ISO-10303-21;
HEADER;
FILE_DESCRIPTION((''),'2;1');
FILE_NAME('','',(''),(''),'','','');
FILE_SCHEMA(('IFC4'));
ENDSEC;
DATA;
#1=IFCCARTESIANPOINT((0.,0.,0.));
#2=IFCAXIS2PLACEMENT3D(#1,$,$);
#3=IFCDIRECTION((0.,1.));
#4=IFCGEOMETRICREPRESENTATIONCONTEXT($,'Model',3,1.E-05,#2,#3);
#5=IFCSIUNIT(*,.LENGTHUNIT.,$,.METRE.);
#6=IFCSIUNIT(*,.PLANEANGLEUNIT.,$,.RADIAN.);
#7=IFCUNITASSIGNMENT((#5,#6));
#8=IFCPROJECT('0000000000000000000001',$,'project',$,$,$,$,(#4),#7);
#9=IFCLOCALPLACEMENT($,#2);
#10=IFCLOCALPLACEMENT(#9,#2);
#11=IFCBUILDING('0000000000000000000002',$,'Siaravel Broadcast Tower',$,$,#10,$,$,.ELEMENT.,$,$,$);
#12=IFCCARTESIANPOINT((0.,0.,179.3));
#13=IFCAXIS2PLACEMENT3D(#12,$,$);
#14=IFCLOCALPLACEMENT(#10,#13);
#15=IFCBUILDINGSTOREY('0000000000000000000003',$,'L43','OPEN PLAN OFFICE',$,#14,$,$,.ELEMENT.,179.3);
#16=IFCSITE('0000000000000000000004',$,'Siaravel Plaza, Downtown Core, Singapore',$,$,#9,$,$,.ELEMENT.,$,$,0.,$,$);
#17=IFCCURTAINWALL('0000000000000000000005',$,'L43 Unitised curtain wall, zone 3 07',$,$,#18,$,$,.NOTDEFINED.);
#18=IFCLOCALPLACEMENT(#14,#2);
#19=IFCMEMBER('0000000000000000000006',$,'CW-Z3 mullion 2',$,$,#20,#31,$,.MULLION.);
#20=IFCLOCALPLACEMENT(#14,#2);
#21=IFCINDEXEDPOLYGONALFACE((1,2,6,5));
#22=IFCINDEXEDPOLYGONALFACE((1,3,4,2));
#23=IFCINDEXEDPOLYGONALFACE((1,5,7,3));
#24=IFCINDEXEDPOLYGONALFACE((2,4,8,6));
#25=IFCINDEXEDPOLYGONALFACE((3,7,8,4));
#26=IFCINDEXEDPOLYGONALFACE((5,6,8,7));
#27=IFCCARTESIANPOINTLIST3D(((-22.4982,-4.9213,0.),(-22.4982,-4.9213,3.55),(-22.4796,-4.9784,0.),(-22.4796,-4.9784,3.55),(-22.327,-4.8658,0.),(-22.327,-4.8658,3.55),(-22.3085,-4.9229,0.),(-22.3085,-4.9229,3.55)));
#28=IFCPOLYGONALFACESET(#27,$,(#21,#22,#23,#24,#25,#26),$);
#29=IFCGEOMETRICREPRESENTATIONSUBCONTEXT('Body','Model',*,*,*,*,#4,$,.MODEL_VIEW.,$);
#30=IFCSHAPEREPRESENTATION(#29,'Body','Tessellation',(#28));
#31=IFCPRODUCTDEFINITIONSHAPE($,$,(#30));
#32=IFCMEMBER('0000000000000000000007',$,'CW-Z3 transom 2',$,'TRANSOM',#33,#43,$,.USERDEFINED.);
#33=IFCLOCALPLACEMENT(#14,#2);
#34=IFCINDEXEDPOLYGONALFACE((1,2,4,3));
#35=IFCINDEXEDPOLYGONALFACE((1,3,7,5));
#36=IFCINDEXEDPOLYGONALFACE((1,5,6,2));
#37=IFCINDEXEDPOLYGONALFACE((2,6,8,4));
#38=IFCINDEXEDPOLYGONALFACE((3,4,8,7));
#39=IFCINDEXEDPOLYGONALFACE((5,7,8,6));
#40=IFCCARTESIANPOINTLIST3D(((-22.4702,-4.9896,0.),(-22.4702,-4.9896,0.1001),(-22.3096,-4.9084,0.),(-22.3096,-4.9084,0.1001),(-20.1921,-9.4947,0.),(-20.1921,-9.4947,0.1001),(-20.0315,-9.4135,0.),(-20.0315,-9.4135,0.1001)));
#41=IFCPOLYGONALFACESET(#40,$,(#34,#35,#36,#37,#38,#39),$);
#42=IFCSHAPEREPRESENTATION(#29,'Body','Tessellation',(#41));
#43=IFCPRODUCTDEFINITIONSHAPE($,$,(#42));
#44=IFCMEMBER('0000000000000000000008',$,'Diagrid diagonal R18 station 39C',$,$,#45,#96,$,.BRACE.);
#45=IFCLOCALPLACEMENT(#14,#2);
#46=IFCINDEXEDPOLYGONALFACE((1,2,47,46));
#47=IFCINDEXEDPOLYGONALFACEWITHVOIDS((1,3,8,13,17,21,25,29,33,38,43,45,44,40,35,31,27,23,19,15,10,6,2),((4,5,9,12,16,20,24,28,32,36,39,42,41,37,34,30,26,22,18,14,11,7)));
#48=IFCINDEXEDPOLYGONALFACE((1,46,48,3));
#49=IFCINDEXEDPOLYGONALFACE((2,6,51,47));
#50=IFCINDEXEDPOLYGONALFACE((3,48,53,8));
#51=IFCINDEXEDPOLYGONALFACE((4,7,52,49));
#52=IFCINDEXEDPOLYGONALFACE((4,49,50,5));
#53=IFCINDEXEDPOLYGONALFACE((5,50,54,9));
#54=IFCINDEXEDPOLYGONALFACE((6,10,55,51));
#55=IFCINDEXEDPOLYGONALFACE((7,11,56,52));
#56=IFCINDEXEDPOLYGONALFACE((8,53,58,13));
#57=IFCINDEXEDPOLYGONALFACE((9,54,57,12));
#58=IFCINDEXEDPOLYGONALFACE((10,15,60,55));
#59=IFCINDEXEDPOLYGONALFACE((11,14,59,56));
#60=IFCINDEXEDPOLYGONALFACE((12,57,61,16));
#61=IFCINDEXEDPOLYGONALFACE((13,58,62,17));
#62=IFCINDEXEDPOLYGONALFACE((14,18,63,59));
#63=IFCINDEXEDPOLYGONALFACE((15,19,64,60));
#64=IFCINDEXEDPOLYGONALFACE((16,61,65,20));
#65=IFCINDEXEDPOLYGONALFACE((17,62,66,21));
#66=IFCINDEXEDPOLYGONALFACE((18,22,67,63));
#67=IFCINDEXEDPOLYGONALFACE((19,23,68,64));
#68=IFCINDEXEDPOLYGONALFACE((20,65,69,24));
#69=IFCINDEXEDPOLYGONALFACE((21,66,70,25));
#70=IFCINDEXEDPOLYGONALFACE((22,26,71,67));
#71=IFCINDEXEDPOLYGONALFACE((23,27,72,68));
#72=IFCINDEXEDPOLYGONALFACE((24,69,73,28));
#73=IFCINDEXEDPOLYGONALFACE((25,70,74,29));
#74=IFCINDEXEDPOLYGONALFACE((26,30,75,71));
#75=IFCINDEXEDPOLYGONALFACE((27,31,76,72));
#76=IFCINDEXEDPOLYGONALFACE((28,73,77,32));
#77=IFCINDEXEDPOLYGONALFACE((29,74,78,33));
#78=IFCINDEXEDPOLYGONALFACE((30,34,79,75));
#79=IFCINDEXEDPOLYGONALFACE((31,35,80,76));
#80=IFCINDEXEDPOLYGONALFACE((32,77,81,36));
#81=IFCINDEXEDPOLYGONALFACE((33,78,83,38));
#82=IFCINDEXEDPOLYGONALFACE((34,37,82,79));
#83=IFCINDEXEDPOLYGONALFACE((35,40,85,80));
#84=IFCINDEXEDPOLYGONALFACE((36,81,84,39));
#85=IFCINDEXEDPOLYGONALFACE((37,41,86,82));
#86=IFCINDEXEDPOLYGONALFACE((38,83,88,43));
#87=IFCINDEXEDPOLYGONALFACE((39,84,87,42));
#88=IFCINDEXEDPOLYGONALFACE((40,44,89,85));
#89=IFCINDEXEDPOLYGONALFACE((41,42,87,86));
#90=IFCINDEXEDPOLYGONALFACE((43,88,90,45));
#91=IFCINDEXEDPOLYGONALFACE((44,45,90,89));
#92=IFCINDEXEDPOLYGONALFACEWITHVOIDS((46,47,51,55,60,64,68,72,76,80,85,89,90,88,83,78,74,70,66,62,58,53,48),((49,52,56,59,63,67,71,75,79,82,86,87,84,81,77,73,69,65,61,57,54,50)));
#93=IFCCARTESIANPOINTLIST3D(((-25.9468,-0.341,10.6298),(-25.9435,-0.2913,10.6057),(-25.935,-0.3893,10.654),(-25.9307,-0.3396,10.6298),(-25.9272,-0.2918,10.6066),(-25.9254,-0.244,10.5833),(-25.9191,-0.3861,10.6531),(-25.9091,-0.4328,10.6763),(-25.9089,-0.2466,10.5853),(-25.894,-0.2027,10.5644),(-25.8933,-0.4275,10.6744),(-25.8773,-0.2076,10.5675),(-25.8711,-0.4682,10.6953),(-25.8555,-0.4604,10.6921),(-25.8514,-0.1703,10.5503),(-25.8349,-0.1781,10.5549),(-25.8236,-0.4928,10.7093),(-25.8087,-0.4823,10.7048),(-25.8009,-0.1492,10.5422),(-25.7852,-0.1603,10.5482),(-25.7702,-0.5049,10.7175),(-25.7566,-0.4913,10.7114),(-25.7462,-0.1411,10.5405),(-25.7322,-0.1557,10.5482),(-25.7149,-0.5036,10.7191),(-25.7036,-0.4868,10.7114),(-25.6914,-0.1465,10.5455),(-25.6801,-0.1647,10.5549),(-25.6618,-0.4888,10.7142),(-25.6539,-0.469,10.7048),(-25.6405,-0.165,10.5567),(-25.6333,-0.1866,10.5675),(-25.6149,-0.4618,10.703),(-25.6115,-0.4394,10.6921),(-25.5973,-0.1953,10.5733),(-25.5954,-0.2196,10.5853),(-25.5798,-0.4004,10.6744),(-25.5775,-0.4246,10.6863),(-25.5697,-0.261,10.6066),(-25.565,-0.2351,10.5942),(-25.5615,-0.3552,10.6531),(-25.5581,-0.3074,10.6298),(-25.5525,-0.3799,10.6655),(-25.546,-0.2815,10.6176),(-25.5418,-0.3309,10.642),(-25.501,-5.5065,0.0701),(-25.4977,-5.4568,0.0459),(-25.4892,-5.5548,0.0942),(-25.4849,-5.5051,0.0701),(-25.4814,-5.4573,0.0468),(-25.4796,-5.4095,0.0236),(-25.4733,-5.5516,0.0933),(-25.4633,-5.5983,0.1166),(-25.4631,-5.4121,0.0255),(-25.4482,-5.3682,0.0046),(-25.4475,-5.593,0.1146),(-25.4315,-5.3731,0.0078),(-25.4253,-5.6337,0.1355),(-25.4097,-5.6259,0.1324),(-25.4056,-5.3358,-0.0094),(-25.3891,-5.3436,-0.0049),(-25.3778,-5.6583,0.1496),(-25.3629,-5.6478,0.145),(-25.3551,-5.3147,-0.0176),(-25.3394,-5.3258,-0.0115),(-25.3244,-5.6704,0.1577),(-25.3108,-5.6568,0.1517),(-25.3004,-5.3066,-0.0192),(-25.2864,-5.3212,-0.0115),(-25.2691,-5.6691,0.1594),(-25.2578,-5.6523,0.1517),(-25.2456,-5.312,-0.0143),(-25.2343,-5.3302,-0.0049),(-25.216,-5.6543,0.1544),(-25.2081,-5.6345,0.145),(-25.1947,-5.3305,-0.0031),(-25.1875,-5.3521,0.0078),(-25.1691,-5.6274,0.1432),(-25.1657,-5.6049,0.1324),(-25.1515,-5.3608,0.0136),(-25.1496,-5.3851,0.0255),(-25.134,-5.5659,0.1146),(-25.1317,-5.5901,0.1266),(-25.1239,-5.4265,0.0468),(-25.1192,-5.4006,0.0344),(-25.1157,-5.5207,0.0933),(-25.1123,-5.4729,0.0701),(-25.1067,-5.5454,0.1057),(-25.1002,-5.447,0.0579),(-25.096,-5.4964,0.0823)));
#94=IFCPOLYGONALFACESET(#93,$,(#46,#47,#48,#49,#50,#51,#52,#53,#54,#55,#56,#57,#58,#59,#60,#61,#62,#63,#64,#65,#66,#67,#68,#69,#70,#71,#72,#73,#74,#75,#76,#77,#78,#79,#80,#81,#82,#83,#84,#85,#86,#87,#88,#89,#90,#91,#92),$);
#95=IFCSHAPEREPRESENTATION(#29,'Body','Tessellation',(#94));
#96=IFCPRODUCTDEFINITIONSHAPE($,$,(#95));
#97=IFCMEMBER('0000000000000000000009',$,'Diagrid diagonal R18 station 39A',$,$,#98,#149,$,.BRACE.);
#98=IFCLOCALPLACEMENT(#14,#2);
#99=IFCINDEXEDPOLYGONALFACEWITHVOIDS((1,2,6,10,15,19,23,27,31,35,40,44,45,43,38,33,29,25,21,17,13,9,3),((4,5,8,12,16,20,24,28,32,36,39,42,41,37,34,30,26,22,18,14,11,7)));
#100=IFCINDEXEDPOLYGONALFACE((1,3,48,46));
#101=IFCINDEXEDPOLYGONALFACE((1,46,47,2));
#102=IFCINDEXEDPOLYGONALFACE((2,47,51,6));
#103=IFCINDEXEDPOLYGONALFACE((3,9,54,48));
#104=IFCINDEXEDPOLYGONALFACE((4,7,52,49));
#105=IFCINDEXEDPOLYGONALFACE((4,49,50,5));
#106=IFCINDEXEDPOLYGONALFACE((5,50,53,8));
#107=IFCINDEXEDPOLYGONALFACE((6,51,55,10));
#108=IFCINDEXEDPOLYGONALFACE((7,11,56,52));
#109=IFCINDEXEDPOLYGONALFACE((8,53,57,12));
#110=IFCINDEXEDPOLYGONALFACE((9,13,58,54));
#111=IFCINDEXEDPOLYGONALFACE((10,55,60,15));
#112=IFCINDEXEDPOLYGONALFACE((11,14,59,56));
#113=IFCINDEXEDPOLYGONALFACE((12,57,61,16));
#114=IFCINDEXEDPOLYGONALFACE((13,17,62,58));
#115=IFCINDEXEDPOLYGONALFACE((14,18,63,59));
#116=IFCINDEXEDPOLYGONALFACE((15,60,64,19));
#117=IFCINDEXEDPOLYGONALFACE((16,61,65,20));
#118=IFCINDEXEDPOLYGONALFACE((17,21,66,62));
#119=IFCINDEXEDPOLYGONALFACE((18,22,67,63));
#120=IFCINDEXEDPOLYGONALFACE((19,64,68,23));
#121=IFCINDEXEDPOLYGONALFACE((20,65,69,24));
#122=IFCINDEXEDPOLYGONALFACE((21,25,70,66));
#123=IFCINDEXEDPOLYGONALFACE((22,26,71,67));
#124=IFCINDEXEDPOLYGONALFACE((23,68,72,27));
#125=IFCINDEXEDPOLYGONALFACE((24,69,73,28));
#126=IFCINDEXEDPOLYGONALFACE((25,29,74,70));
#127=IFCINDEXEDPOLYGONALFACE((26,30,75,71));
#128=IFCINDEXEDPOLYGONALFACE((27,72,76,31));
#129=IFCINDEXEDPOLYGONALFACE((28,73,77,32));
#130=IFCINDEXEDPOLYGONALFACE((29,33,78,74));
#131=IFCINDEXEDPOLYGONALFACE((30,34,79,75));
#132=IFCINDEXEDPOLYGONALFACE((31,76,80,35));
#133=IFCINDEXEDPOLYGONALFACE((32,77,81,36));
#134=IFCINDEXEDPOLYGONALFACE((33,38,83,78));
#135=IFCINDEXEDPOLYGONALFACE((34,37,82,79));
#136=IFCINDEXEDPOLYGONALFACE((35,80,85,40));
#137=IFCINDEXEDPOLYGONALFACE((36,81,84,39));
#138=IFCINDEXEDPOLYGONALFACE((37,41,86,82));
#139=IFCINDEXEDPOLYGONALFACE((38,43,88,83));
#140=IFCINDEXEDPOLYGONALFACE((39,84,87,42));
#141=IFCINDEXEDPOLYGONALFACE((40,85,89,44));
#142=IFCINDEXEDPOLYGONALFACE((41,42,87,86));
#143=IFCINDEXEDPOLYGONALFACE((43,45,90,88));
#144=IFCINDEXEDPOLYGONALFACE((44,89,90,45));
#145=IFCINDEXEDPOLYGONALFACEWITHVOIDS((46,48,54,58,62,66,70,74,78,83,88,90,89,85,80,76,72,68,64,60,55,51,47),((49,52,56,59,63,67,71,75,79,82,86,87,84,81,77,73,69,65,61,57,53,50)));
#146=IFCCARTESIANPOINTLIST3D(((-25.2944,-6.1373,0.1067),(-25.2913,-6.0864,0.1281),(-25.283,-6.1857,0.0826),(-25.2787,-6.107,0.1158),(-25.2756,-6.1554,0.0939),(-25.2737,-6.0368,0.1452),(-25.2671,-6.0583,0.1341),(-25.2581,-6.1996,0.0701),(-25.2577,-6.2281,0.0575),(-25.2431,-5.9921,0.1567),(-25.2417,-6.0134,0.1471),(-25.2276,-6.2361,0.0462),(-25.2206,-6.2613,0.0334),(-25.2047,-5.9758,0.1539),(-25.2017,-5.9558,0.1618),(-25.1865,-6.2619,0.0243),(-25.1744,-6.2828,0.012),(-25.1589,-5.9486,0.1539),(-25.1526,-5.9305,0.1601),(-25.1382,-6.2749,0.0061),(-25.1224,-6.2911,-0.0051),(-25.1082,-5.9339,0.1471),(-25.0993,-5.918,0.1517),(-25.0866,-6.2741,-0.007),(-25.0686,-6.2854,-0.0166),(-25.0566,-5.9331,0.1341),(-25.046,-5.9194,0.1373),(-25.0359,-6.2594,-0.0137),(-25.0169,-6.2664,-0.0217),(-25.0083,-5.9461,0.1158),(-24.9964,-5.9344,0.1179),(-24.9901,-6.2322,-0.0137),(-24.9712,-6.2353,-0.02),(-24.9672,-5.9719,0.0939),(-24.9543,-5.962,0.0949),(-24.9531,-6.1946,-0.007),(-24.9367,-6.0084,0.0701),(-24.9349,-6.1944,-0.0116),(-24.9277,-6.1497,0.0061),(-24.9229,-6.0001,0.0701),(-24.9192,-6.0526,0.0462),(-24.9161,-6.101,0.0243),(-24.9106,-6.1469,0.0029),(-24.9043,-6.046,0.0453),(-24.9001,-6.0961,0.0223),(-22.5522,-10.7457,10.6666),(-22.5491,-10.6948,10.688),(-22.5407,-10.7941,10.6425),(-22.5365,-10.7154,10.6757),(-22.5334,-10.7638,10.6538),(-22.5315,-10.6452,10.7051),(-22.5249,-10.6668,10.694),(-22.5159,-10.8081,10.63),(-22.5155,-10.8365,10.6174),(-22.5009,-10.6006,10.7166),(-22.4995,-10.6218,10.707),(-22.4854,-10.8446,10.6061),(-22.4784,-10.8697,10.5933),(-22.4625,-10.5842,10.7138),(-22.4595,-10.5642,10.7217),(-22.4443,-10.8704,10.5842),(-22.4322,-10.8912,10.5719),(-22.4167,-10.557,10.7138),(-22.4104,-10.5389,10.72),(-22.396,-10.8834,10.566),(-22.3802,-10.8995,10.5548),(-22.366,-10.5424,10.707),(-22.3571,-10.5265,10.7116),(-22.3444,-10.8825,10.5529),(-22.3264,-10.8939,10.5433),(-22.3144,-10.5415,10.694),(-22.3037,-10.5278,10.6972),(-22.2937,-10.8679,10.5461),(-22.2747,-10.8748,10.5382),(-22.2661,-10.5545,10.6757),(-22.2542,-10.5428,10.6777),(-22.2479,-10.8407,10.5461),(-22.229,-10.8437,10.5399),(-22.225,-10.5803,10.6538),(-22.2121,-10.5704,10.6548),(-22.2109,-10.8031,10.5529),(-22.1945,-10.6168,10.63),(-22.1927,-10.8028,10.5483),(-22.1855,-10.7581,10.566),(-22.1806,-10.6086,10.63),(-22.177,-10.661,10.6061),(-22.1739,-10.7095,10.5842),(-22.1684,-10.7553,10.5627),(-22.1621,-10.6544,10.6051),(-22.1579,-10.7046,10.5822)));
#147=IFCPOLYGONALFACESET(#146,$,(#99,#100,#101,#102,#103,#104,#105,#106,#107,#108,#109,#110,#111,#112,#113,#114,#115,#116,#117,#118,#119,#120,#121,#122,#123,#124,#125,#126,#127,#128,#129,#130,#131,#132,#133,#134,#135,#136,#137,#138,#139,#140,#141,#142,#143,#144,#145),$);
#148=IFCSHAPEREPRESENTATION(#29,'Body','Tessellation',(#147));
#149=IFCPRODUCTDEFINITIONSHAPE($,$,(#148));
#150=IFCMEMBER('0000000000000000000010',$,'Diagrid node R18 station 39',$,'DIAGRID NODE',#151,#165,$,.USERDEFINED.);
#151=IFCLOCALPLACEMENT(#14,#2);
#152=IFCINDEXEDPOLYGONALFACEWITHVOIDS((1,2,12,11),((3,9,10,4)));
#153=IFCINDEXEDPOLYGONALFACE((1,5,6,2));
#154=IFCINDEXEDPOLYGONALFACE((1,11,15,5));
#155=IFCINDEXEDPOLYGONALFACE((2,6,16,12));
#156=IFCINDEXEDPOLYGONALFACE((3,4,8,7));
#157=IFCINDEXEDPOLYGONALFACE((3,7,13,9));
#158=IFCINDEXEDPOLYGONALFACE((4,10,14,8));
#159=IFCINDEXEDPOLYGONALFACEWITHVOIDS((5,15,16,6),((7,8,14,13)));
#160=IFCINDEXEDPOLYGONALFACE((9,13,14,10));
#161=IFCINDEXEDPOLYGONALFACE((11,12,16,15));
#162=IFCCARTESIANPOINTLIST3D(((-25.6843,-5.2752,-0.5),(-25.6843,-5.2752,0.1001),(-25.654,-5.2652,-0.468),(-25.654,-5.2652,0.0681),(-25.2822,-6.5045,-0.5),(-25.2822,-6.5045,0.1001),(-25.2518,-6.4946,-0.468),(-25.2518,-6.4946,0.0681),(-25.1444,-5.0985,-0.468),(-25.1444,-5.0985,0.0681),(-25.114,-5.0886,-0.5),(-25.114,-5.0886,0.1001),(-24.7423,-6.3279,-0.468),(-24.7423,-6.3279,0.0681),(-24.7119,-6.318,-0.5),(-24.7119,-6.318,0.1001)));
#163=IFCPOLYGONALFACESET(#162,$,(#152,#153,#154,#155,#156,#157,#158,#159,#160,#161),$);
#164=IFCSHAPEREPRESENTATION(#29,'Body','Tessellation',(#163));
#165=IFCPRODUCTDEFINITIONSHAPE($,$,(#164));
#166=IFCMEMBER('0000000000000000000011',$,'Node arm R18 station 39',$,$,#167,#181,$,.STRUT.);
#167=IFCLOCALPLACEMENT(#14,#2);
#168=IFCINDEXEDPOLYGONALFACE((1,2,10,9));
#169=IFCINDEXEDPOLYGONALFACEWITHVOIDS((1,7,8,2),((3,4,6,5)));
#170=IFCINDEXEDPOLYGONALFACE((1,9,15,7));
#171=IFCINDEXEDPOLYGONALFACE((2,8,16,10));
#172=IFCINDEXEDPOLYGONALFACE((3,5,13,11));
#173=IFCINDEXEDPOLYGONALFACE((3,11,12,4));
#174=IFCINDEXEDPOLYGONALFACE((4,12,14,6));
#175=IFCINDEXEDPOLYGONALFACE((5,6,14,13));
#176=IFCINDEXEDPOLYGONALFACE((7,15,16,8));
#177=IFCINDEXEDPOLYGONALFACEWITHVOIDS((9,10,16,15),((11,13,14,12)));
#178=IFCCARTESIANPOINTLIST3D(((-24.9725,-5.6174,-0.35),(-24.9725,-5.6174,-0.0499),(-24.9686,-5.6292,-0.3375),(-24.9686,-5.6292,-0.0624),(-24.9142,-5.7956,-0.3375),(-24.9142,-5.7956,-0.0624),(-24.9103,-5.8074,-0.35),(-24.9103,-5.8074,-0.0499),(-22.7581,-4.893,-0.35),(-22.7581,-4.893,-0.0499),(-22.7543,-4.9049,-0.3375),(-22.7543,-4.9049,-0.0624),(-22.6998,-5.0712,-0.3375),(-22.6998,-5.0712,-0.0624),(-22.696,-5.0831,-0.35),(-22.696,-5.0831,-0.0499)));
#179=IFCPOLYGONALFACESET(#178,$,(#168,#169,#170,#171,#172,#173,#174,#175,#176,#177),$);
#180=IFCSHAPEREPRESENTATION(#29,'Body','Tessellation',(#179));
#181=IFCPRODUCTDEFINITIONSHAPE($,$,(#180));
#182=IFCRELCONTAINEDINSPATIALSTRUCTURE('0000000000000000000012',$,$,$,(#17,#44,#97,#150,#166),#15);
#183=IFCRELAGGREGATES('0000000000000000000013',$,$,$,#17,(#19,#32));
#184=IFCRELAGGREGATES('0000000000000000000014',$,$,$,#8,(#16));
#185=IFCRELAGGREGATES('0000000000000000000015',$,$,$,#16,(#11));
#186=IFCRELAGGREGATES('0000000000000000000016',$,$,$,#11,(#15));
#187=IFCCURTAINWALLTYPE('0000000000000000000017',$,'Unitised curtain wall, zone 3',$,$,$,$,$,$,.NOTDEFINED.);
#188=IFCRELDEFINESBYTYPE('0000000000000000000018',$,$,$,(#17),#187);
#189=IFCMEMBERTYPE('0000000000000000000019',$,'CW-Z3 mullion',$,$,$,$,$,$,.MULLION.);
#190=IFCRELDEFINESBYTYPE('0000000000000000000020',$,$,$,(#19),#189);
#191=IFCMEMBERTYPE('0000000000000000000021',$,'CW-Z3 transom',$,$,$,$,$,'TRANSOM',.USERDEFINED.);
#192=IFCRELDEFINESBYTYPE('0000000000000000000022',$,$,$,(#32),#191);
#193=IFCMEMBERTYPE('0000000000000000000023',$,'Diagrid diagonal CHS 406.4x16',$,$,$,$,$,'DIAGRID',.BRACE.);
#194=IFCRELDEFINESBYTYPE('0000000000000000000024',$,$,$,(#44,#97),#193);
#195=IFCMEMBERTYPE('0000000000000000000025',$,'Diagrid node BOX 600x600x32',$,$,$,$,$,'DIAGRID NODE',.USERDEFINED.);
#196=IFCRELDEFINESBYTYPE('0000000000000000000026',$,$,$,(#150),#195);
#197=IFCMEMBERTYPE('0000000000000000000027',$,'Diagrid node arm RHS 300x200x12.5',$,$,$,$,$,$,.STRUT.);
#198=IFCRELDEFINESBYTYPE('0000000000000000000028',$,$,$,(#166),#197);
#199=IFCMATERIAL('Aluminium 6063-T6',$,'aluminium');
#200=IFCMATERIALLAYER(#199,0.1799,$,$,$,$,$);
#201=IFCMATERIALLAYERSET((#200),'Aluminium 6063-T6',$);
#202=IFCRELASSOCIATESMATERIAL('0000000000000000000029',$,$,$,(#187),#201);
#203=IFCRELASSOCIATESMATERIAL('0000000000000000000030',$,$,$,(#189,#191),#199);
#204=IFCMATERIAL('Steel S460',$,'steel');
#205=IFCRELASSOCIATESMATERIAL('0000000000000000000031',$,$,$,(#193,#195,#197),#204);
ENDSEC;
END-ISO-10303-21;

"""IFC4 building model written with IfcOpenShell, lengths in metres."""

from ifc_helpers import new_model, si_unit, direction, frame, origin, origin_2d, place, context, subcontext, project, spatial, rectangle, hollow_rectangle, hollow_circle, extrude, material, layer, layer_set, material_profile, profile_set, type_object, element, aggregate, save


model = new_model("IFC4")

# Units and contexts
model_context = context("Model", 3, precision=1e-05, world=origin(), true_north=direction((0.0, 1.0)))
body_context = subcontext(model_context, "Body", "Model", "MODEL_VIEW")
ifc_project = project(units=[si_unit("LENGTHUNIT", "METRE"), si_unit("PLANEANGLEUNIT", "RADIAN")], contexts=[model_context])

# Site, building, storey
site_placement = place(None, origin())
site = spatial("IfcSite", under=ifc_project, at=site_placement, Name="Siaravel Plaza, Downtown Core, Singapore", CompositionType="ELEMENT", RefElevation=0.0)
building_placement = place(site_placement, origin())
building = spatial("IfcBuilding", under=site, at=building_placement, Name="Siaravel Broadcast Tower", CompositionType="ELEMENT")
storey_placement = place(building_placement, frame((0.0, 0.0, 179.3)))
storey = spatial("IfcBuildingStorey", under=building, at=storey_placement, Name="L43", Description="OPEN PLAN OFFICE", CompositionType="ELEMENT", Elevation=179.3)

# Curtain wall, members
ifc_material_1 = material(Name="Aluminium 6063-T6", Category="aluminium")
ifc_layer_1 = layer(ifc_material_1, 0.1799)
ifc_layer_set_1 = layer_set([ifc_layer_1], Name="Aluminium 6063-T6")
curtain_wall_type = type_object("IfcCurtainWallType", Name="Unitised curtain wall, zone 3", PredefinedType="NOTDEFINED", material=ifc_layer_set_1)
curtain_wall_placement = place(storey_placement, origin())
curtain_wall = element("IfcCurtainWall", 1, at=curtain_wall_placement, inside=storey, type_object=curtain_wall_type, Name="L43 Unitised curtain wall, zone 3 07", PredefinedType="NOTDEFINED")
ifc_material_profile_1 = material_profile(ifc_material_1, rectangle(XDim=0.1799, YDim=0.0601, at=origin_2d()))
ifc_profile_set_1 = profile_set([ifc_material_profile_1], Name="Aluminium 6063-T6")
member_type_1 = type_object("IfcMemberType", Name="CW-Z3 mullion", PredefinedType="MULLION", material=ifc_profile_set_1)
member_1_placement = place(storey_placement, frame((-22.4033, -4.9221, 0.0), z_axis=(0.0, 0.0, 1.0), x_axis=(0.951177, 0.308645, 0.0)))
member_1 = element("IfcMember", 2, at=member_1_placement, type_object=member_type_1, Name="CW-Z3 mullion 2", PredefinedType="MULLION", context=body_context, shape_type="SweptSolid", body=[
    extrude(rectangle(XDim=0.1799, YDim=0.0601, at=origin_2d()), origin(), (0.0, 0.0, 1.0), 3.55),
])
ifc_material_profile_2 = material_profile(ifc_material_1, rectangle(XDim=0.1799, YDim=0.1001, at=origin_2d()))
ifc_profile_set_2 = profile_set([ifc_material_profile_2], Name="Aluminium 6063-T6")
member_type_2 = type_object("IfcMemberType", Name="CW-Z3 transom", ElementType="TRANSOM", PredefinedType="USERDEFINED", material=ifc_profile_set_2)
member_2_placement = place(storey_placement, frame((-22.3899, -4.949, 0.05), z_axis=(0.451252, -0.892397, 0.0), x_axis=(0.892397, 0.451252, 0.0)))
member_2 = element("IfcMember", 3, at=member_2_placement, type_object=member_type_2, Name="CW-Z3 transom 2", ObjectType="TRANSOM", PredefinedType="USERDEFINED", context=body_context, shape_type="SweptSolid", body=[
    extrude(rectangle(XDim=0.1799, YDim=0.1001, at=origin_2d()), origin(), (0.0, 0.0, 1.0), 5.0483),
])

# Members
ifc_material_2 = material(Name="Steel S460", Category="steel")
ifc_material_profile_3 = material_profile(ifc_material_2, hollow_circle(Radius=0.2031, WallThickness=0.0161, at=origin_2d()))
ifc_profile_set_3 = profile_set([ifc_material_profile_3], Name="Steel S460")
member_type_3 = type_object("IfcMemberType", Name="Diagrid diagonal CHS 406.4x16", ElementType="DIAGRID", PredefinedType="BRACE", material=ifc_profile_set_3)
member_3_placement = place(storey_placement, frame((-25.2986, -5.489, 0.0701), z_axis=(-0.037895, 0.439097, 0.89764), x_axis=(-0.996297, -0.085983, 0.0)))
element("IfcMember", 4, at=member_3_placement, inside=storey, type_object=member_type_3, Name="Diagrid diagonal R18 station 39C", PredefinedType="BRACE", context=body_context, shape_type="SweptSolid", body=[
    extrude(hollow_circle(Radius=0.2031, WallThickness=0.0161, at=origin_2d()), origin(), (0.0, 0.0, 1.0), 11.7639),
])
member_4_placement = place(storey_placement, frame((-25.0974, -6.104, 0.0701), z_axis=(0.231537, -0.38911, 0.891619), x_axis=(0.859367, 0.511359, 0.0)))
element("IfcMember", 5, at=member_4_placement, inside=storey, type_object=member_type_3, Name="Diagrid diagonal R18 station 39A", PredefinedType="BRACE", context=body_context, shape_type="SweptSolid", body=[
    extrude(hollow_circle(Radius=0.2031, WallThickness=0.0161, at=origin_2d()), origin(), (0.0, 0.0, 1.0), 11.8435),
])
ifc_material_profile_4 = material_profile(ifc_material_2, hollow_rectangle(XDim=0.6001, YDim=0.6001, WallThickness=0.032, at=origin_2d()))
ifc_profile_set_4 = profile_set([ifc_material_profile_4], Name="Steel S460")
member_type_4 = type_object("IfcMemberType", Name="Diagrid node BOX 600x600x32", ElementType="DIAGRID NODE", PredefinedType="USERDEFINED", material=ifc_profile_set_4)
member_5_placement = place(storey_placement, frame((-25.3992, -5.1819, -0.2), z_axis=(0.3109, -0.950443, 0.0), x_axis=(0.950443, 0.3109, 0.0)))
element("IfcMember", 6, at=member_5_placement, inside=storey, type_object=member_type_4, Name="Diagrid node R18 station 39", ObjectType="DIAGRID NODE", PredefinedType="USERDEFINED", context=body_context, shape_type="SweptSolid", body=[
    extrude(hollow_rectangle(XDim=0.6001, YDim=0.6001, WallThickness=0.032, at=origin_2d()), origin(), (0.0, 0.0, 1.0), 1.2935),
])
ifc_material_profile_5 = material_profile(ifc_material_2, hollow_rectangle(XDim=0.2, YDim=0.3, WallThickness=0.0125, at=origin_2d()))
ifc_profile_set_5 = profile_set([ifc_material_profile_5], Name="Steel S460")
member_type_5 = type_object("IfcMemberType", Name="Diagrid node arm RHS 300x200x12.5", PredefinedType="STRUT", material=ifc_profile_set_5)
member_6_placement = place(storey_placement, frame((-22.7271, -4.988, -0.2), z_axis=(-0.950439, -0.31091, 0.0), x_axis=(0.31091, -0.950439, 0.0)))
element("IfcMember", 7, at=member_6_placement, inside=storey, type_object=member_type_5, Name="Node arm R18 station 39", PredefinedType="STRUT", context=body_context, shape_type="SweptSolid", body=[
    extrude(hollow_rectangle(XDim=0.2, YDim=0.3, WallThickness=0.0125, at=origin_2d()), origin(), (0.0, 0.0, 1.0), 2.3298),
])

aggregate(curtain_wall, [member_1, member_2])

save(model, "model.ifc")
